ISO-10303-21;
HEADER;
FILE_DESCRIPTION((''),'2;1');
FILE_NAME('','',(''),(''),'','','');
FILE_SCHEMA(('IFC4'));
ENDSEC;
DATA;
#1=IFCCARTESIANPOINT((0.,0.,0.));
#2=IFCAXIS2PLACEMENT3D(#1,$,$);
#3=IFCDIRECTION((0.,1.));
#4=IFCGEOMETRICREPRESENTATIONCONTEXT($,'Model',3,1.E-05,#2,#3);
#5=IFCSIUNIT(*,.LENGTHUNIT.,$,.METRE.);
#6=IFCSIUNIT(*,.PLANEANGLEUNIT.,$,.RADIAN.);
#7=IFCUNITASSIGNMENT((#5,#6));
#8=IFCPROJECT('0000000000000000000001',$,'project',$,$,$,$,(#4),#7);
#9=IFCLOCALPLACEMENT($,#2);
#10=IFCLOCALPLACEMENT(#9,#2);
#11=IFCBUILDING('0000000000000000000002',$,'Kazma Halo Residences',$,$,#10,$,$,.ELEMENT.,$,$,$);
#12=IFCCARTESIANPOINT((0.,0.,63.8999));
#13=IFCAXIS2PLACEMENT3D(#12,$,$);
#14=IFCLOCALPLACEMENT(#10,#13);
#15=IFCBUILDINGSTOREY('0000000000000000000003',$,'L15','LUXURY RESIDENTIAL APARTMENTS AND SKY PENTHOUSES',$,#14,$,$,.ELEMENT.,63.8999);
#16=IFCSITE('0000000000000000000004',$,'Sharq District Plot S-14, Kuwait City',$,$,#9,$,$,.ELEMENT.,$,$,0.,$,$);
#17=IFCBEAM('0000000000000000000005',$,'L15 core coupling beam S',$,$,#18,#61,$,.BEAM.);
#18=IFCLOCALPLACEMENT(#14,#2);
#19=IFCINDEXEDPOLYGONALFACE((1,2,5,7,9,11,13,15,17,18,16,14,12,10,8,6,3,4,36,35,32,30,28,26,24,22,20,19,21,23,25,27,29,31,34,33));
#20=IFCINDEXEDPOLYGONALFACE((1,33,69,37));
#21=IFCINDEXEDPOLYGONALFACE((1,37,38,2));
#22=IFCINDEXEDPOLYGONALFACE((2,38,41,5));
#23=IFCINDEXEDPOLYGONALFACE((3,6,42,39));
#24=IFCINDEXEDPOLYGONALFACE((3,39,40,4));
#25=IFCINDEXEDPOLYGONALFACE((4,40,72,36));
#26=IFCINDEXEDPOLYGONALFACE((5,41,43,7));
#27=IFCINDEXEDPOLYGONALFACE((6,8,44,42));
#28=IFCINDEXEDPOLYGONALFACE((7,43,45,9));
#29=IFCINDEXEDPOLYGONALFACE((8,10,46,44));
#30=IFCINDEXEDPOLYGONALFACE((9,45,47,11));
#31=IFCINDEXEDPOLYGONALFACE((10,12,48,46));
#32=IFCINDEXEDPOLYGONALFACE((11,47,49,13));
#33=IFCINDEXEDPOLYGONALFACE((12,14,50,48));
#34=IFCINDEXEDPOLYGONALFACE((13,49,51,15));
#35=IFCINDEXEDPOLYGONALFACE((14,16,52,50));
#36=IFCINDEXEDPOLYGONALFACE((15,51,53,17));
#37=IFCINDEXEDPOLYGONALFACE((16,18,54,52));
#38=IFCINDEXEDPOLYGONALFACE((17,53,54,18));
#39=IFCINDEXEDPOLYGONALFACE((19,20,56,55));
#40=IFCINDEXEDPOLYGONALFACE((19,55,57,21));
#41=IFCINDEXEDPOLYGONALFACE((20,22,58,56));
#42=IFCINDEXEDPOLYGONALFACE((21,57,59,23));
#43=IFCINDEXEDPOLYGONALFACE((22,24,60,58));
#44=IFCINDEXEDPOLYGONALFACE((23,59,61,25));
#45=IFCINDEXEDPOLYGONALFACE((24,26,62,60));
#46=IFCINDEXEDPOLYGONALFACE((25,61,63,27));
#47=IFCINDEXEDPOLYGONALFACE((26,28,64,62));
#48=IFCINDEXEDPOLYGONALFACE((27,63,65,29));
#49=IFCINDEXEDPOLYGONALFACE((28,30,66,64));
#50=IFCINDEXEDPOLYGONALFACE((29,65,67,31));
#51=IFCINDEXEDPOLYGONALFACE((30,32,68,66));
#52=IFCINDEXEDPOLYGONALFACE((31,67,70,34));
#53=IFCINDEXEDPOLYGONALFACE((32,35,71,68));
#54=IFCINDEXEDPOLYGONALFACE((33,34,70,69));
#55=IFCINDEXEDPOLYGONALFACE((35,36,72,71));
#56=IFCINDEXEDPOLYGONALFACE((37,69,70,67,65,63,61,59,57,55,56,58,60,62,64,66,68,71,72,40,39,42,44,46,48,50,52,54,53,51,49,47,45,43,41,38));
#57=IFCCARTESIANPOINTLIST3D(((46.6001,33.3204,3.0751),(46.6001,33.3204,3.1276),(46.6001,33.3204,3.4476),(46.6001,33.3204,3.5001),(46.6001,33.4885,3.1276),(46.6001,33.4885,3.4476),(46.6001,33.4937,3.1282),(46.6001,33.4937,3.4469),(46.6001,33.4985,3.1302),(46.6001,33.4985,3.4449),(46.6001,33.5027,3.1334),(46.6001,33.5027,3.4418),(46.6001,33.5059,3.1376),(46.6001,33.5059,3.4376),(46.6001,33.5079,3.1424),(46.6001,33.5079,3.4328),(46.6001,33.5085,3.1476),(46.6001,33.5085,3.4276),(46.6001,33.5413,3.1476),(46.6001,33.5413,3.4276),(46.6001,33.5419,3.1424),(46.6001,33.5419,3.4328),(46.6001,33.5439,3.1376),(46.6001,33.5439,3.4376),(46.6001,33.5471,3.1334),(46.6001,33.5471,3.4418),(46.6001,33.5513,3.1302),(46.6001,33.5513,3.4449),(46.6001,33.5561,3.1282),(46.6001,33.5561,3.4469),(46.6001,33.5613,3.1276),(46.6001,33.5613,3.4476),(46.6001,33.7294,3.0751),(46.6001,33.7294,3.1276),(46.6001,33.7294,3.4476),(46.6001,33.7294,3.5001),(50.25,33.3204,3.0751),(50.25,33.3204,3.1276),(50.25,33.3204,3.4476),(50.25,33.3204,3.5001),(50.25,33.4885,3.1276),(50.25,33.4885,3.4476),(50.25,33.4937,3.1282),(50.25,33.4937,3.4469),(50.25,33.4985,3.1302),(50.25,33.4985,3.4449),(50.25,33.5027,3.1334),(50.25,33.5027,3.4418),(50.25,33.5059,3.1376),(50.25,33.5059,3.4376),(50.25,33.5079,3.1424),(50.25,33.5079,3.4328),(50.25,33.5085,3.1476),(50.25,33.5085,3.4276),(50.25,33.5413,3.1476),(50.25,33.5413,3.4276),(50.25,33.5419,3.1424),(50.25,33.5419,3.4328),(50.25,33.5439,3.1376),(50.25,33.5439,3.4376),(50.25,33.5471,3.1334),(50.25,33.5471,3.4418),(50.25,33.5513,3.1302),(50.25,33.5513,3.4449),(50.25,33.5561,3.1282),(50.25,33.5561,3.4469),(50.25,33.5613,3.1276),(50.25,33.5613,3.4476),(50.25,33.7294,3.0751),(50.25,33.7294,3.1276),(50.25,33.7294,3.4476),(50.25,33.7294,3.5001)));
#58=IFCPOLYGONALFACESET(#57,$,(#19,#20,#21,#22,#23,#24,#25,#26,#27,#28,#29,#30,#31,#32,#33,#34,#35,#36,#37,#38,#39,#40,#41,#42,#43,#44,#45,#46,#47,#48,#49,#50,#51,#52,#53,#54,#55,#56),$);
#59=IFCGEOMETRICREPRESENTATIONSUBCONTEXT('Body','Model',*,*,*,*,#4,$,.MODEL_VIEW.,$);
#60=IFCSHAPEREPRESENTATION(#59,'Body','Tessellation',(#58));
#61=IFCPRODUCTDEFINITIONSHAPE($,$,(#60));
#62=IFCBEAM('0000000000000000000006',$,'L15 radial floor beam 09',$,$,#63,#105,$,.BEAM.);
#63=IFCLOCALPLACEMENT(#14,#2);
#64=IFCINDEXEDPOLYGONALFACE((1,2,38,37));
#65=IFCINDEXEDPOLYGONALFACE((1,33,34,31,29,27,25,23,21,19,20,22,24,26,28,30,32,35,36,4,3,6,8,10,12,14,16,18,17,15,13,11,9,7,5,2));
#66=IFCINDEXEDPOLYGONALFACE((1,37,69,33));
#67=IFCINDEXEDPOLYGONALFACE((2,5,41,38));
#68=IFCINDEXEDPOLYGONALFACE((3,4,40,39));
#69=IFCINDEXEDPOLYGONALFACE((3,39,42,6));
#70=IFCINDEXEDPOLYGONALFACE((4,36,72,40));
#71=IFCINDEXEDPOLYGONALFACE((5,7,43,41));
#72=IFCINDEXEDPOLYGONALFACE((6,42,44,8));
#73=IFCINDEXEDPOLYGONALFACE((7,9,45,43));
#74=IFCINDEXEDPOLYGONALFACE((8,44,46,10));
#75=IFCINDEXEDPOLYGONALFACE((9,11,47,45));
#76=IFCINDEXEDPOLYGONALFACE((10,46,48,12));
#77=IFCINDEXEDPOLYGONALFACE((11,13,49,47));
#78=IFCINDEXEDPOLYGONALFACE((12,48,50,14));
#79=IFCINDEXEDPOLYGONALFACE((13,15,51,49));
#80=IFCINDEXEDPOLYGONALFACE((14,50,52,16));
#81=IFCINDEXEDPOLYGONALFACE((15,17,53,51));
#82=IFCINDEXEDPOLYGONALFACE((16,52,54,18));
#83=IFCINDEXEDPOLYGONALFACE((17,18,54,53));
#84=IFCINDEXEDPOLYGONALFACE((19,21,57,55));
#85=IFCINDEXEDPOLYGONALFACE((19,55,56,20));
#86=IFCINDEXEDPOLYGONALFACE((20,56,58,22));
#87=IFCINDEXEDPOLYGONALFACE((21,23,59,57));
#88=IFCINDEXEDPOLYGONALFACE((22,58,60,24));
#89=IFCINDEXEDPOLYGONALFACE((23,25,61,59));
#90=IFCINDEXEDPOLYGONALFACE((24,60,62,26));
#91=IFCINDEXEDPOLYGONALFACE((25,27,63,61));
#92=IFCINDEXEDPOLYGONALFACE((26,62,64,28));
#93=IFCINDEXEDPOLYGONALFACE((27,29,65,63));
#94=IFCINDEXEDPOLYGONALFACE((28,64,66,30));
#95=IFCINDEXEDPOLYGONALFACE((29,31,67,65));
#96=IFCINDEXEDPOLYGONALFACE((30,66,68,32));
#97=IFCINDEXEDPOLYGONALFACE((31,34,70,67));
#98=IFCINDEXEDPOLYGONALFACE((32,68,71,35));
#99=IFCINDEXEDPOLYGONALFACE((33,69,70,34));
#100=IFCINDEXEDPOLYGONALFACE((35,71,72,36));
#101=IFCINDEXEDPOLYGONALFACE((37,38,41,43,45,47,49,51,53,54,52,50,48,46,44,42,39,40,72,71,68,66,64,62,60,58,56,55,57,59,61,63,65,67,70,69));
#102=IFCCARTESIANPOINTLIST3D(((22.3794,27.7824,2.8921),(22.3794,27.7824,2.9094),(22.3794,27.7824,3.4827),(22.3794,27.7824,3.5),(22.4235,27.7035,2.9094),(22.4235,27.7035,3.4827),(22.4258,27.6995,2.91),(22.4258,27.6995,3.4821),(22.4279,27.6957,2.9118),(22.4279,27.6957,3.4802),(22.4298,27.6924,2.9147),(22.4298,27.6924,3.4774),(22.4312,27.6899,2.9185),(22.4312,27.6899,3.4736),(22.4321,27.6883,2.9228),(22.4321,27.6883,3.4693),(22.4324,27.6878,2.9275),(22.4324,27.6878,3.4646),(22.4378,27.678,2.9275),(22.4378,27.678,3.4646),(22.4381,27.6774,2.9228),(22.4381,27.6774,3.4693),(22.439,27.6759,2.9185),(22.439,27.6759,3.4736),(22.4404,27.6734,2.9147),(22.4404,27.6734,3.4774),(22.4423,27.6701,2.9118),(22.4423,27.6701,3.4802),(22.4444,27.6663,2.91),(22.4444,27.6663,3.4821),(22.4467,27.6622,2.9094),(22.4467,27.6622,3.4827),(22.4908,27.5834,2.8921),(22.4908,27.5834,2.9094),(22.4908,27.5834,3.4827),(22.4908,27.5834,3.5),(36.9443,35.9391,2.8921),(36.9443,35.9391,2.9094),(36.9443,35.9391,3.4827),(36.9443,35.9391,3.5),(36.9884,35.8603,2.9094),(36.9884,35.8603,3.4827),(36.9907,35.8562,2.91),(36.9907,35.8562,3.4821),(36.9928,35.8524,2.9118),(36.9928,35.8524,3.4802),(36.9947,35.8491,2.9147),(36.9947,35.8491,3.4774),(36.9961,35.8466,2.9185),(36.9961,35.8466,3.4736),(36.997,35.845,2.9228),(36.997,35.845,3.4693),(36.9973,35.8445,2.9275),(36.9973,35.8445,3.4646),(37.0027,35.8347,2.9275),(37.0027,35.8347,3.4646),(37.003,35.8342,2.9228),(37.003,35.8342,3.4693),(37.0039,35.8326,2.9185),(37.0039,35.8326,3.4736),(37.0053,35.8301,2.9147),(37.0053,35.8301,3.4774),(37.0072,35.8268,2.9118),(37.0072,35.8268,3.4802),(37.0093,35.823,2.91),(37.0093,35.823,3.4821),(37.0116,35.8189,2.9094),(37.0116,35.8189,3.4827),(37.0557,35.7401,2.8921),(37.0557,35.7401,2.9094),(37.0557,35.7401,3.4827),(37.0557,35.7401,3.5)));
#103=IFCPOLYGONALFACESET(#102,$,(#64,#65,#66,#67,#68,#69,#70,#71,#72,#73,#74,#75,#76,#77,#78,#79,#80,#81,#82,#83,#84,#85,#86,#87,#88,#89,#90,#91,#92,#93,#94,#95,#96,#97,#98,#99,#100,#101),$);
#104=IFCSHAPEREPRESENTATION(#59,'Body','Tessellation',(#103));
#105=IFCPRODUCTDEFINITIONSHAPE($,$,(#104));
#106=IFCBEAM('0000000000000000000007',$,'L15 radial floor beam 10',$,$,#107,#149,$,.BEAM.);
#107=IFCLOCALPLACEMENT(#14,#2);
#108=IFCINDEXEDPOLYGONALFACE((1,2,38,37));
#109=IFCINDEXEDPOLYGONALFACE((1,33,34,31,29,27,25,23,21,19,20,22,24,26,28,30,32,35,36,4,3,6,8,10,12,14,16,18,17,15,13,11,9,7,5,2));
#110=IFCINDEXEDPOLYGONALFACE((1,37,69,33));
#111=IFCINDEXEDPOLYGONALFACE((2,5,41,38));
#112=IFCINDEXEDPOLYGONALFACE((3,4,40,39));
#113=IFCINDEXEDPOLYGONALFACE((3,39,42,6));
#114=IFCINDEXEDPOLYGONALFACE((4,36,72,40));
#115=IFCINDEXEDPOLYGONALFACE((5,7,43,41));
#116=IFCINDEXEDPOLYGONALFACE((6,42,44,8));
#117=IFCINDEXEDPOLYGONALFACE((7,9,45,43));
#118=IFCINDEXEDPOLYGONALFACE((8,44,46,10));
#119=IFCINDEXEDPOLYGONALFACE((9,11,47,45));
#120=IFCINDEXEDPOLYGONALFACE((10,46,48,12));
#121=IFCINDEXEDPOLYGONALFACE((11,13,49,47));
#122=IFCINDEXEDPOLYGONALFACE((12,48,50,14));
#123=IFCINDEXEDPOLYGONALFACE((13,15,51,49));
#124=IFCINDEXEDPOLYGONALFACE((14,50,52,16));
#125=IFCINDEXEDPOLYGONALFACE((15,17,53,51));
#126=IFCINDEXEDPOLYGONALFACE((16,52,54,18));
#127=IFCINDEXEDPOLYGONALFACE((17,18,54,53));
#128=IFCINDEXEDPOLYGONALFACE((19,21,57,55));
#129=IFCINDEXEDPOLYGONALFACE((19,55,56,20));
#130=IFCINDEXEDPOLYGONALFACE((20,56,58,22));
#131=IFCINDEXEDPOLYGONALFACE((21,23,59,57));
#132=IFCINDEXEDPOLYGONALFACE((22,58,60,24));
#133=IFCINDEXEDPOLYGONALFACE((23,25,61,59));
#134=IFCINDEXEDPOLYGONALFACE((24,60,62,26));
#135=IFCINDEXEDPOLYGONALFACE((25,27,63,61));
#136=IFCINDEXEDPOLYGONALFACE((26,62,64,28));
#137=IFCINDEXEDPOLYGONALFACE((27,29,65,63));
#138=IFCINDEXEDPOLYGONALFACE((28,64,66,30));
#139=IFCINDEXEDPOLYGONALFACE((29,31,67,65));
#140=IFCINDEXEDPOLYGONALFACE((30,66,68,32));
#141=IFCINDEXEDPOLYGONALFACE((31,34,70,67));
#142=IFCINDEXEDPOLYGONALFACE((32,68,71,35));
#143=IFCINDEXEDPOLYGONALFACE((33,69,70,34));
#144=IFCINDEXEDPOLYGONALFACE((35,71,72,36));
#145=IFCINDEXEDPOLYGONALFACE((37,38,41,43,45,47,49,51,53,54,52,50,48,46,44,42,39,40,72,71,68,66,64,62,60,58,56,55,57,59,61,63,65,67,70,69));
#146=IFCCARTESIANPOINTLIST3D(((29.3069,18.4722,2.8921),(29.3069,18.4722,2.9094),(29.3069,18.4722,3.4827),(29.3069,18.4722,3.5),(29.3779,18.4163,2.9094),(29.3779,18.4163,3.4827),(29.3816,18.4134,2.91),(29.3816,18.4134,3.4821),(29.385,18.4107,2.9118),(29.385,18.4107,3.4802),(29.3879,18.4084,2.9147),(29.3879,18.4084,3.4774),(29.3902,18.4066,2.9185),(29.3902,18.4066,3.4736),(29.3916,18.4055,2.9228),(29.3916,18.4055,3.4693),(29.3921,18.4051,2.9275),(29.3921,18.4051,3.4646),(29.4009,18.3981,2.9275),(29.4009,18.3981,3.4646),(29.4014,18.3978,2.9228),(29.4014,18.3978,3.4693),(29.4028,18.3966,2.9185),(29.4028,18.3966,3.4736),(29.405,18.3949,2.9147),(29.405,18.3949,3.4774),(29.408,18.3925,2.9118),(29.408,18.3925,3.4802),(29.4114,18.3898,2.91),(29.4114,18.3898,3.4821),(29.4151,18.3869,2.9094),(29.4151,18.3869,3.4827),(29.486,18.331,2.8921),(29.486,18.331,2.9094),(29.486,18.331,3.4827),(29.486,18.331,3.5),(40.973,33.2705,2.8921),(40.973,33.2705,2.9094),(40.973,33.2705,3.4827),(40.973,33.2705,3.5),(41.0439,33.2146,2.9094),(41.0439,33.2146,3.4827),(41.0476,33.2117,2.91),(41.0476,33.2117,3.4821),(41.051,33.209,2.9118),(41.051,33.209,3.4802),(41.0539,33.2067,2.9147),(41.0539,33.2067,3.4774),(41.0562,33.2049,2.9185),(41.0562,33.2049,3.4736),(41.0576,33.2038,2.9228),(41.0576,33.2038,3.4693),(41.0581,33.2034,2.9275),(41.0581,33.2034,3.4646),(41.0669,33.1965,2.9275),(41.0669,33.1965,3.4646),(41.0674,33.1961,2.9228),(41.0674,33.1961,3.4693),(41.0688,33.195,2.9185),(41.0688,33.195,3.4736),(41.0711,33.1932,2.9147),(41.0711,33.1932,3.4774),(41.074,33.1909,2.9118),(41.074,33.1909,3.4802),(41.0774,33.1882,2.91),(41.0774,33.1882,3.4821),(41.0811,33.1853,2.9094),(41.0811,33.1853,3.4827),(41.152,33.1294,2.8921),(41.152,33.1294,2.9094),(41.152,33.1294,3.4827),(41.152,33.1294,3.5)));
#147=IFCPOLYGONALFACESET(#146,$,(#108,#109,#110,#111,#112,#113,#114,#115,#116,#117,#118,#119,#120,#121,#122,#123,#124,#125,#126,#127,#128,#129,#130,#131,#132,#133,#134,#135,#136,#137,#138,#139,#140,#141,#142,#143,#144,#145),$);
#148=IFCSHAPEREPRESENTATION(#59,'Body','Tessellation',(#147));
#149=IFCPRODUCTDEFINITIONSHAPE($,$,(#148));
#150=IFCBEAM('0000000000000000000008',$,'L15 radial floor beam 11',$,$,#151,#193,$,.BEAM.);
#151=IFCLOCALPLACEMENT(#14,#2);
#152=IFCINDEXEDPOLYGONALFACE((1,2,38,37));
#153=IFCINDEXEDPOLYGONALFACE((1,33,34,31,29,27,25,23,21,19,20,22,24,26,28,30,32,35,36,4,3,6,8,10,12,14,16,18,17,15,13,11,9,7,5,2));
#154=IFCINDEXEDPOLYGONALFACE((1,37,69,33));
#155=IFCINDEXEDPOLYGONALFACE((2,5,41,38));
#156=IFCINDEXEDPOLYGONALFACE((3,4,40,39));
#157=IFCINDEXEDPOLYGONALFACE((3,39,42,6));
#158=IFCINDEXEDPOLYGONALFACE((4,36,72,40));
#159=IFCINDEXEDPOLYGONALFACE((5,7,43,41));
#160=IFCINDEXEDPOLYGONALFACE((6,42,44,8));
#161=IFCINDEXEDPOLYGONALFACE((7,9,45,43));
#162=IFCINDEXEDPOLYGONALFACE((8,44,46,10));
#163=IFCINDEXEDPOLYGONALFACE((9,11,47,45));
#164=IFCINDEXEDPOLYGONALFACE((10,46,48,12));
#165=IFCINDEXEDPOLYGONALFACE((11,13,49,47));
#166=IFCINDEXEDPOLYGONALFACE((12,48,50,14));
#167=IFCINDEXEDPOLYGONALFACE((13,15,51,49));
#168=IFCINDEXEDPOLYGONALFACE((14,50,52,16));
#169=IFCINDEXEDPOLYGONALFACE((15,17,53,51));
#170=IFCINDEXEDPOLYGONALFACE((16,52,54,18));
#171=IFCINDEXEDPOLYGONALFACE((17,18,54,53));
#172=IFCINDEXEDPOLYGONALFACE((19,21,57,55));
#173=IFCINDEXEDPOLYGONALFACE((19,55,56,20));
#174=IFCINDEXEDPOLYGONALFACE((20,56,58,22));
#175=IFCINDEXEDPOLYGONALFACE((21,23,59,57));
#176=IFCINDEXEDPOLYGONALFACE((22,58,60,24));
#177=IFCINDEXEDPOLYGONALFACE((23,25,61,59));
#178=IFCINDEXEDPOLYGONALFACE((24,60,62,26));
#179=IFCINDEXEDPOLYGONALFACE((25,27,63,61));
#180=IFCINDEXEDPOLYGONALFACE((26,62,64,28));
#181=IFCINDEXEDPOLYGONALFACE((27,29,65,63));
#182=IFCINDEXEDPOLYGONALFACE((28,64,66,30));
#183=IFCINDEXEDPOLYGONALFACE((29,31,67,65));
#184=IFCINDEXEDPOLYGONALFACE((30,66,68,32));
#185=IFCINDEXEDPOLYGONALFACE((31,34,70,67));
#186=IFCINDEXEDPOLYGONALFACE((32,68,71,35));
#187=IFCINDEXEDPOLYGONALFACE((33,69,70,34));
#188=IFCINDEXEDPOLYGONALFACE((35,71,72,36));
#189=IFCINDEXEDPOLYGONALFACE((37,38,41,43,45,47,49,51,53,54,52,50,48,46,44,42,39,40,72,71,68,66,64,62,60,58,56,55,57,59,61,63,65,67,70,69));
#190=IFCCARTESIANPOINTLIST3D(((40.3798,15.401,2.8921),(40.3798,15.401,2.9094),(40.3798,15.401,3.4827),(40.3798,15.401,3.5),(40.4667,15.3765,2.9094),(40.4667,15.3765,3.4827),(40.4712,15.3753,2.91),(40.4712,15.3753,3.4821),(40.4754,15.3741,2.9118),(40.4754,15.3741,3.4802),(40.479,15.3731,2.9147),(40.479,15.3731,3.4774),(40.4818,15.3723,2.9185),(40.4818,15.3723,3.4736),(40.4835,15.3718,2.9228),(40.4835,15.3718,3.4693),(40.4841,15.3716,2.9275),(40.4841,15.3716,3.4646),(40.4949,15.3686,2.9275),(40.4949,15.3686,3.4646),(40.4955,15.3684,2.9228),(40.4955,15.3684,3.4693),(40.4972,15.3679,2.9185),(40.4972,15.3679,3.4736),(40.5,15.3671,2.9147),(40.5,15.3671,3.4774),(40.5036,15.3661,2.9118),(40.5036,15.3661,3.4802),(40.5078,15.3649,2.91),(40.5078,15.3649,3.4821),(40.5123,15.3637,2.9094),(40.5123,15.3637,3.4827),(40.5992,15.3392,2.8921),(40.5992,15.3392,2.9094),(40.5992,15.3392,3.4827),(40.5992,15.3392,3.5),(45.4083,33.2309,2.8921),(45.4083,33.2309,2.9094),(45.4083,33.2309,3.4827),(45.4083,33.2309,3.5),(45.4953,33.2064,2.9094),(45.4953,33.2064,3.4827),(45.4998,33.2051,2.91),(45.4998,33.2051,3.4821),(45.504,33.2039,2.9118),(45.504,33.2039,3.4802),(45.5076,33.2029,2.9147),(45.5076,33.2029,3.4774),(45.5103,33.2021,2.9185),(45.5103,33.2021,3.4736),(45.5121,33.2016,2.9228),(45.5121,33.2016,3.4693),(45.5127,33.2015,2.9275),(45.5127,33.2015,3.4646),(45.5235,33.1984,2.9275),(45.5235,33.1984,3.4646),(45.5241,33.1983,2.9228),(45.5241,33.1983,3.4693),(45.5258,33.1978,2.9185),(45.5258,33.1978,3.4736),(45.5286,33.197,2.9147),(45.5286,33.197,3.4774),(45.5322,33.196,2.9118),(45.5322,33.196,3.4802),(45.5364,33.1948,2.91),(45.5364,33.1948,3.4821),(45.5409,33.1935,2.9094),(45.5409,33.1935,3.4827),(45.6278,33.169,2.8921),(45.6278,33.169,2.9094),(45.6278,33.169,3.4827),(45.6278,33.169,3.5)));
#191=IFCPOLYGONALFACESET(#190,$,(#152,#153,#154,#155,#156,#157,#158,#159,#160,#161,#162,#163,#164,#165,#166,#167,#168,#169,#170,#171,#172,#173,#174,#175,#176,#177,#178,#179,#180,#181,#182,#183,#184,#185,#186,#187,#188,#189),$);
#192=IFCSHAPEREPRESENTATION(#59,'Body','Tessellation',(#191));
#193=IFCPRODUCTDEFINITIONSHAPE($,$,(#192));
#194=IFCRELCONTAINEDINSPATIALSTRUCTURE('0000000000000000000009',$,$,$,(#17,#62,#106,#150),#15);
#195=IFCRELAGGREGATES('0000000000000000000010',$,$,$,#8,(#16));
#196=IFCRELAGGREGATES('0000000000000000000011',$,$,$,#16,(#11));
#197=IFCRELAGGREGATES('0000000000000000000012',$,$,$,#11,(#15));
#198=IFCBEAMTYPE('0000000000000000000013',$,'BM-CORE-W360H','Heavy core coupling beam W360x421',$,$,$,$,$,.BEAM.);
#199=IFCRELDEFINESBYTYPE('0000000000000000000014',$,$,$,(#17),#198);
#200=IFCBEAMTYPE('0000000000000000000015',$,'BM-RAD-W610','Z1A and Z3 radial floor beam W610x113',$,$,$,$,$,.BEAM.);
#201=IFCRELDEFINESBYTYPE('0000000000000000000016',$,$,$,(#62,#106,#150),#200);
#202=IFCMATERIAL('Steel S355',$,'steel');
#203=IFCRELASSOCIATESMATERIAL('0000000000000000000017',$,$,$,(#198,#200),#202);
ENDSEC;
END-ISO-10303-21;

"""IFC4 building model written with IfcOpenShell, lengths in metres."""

from ifc_helpers import new_model, si_unit, direction, frame, origin, origin_2d, place, context, subcontext, project, spatial, i_section, extrude, material, material_profile, profile_set, type_object, element, save


model = new_model("IFC4")

# Units and contexts
model_context = context("Model", 3, precision=1e-05, world=origin(), true_north=direction((0.0, 1.0)))
body_context = subcontext(model_context, "Body", "Model", "MODEL_VIEW")
ifc_project = project(units=[si_unit("LENGTHUNIT", "METRE"), si_unit("PLANEANGLEUNIT", "RADIAN")], contexts=[model_context])

# Site, building, storey
site_placement = place(None, origin())
site = spatial("IfcSite", under=ifc_project, at=site_placement, Name="Sharq District Plot S-14, Kuwait City", CompositionType="ELEMENT", RefElevation=0.0)
building_placement = place(site_placement, origin())
building = spatial("IfcBuilding", under=site, at=building_placement, Name="Kazma Halo Residences", CompositionType="ELEMENT")
storey_placement = place(building_placement, frame((0.0, 0.0, 63.8999)))
storey = spatial("IfcBuildingStorey", under=building, at=storey_placement, Name="L15", Description="LUXURY RESIDENTIAL APARTMENTS AND SKY PENTHOUSES", CompositionType="ELEMENT", Elevation=63.8999)

# Beams
ifc_material_1 = material(Name="Steel S355", Category="steel")
ifc_material_profile_1 = material_profile(ifc_material_1, i_section(OverallWidth=0.4089, OverallDepth=0.425, WebThickness=0.0327, FlangeThickness=0.0525, FilletRadius=0.02, at=origin_2d()), Name="W360x421")
ifc_profile_set_1 = profile_set([ifc_material_profile_1], Name="Steel S355")
beam_type_1 = type_object("IfcBeamType", Name="BM-CORE-W360H", Description="Heavy core coupling beam W360x421", PredefinedType="BEAM", material=ifc_profile_set_1)
beam_1_placement = place(storey_placement, frame((46.6001, 33.5249, 3.2876), z_axis=(1.0, 0.0, 0.0), x_axis=(0.0, 1.0, 0.0)))
element("IfcBeam", 1, at=beam_1_placement, inside=storey, type_object=beam_type_1, Name="L15 core coupling beam S", PredefinedType="BEAM", context=body_context, shape_type="SweptSolid", body=[
    extrude(i_section(OverallWidth=0.4089, OverallDepth=0.425, WebThickness=0.0327, FlangeThickness=0.0525, FilletRadius=0.02, at=origin_2d()), origin(), (0.0, 0.0, 1.0), 3.6499),
])
ifc_material_profile_2 = material_profile(ifc_material_1, i_section(OverallWidth=0.228, OverallDepth=0.6079, WebThickness=0.0112, FlangeThickness=0.0173, FilletRadius=0.0181, at=origin_2d()), Name="W610x113")
ifc_profile_set_2 = profile_set([ifc_material_profile_2], Name="Steel S355")
beam_type_2 = type_object("IfcBeamType", Name="BM-RAD-W610", Description="Z1A and Z3 radial floor beam W610x113", PredefinedType="BEAM", material=ifc_profile_set_2)
beam_2_placement = place(storey_placement, frame((37.0, 35.8396, 3.196), z_axis=(-0.872497, -0.48862, 0.0), x_axis=(0.48862, -0.872497, 0.0)))
element("IfcBeam", 2, at=beam_2_placement, inside=storey, type_object=beam_type_2, Name="L15 radial floor beam 09", PredefinedType="BEAM", context=body_context, shape_type="SweptSolid", body=[
    extrude(i_section(OverallWidth=0.228, OverallDepth=0.6079, WebThickness=0.0112, FlangeThickness=0.0173, FilletRadius=0.0181, at=origin_2d()), origin(), (0.0, 0.0, 1.0), 16.6934),
])
beam_3_placement = place(storey_placement, frame((41.0625, 33.2, 3.196), z_axis=(-0.619092, -0.785318, 0.0), x_axis=(0.785318, -0.619092, 0.0)))
element("IfcBeam", 3, at=beam_3_placement, inside=storey, type_object=beam_type_2, Name="L15 radial floor beam 10", PredefinedType="BEAM", context=body_context, shape_type="SweptSolid", body=[
    extrude(i_section(OverallWidth=0.228, OverallDepth=0.6079, WebThickness=0.0112, FlangeThickness=0.0173, FilletRadius=0.0181, at=origin_2d()), origin(), (0.0, 0.0, 1.0), 18.8438),
])
beam_4_placement = place(storey_placement, frame((45.5181, 33.2, 3.196), z_axis=(-0.271442, -0.962455, 0.0), x_axis=(0.962455, -0.271442, 0.0)))
element("IfcBeam", 4, at=beam_4_placement, inside=storey, type_object=beam_type_2, Name="L15 radial floor beam 11", PredefinedType="BEAM", context=body_context, shape_type="SweptSolid", body=[
    extrude(i_section(OverallWidth=0.228, OverallDepth=0.6079, WebThickness=0.0112, FlangeThickness=0.0173, FilletRadius=0.0181, at=origin_2d()), origin(), (0.0, 0.0, 1.0), 18.5254),
])

save(model, "model.ifc")
